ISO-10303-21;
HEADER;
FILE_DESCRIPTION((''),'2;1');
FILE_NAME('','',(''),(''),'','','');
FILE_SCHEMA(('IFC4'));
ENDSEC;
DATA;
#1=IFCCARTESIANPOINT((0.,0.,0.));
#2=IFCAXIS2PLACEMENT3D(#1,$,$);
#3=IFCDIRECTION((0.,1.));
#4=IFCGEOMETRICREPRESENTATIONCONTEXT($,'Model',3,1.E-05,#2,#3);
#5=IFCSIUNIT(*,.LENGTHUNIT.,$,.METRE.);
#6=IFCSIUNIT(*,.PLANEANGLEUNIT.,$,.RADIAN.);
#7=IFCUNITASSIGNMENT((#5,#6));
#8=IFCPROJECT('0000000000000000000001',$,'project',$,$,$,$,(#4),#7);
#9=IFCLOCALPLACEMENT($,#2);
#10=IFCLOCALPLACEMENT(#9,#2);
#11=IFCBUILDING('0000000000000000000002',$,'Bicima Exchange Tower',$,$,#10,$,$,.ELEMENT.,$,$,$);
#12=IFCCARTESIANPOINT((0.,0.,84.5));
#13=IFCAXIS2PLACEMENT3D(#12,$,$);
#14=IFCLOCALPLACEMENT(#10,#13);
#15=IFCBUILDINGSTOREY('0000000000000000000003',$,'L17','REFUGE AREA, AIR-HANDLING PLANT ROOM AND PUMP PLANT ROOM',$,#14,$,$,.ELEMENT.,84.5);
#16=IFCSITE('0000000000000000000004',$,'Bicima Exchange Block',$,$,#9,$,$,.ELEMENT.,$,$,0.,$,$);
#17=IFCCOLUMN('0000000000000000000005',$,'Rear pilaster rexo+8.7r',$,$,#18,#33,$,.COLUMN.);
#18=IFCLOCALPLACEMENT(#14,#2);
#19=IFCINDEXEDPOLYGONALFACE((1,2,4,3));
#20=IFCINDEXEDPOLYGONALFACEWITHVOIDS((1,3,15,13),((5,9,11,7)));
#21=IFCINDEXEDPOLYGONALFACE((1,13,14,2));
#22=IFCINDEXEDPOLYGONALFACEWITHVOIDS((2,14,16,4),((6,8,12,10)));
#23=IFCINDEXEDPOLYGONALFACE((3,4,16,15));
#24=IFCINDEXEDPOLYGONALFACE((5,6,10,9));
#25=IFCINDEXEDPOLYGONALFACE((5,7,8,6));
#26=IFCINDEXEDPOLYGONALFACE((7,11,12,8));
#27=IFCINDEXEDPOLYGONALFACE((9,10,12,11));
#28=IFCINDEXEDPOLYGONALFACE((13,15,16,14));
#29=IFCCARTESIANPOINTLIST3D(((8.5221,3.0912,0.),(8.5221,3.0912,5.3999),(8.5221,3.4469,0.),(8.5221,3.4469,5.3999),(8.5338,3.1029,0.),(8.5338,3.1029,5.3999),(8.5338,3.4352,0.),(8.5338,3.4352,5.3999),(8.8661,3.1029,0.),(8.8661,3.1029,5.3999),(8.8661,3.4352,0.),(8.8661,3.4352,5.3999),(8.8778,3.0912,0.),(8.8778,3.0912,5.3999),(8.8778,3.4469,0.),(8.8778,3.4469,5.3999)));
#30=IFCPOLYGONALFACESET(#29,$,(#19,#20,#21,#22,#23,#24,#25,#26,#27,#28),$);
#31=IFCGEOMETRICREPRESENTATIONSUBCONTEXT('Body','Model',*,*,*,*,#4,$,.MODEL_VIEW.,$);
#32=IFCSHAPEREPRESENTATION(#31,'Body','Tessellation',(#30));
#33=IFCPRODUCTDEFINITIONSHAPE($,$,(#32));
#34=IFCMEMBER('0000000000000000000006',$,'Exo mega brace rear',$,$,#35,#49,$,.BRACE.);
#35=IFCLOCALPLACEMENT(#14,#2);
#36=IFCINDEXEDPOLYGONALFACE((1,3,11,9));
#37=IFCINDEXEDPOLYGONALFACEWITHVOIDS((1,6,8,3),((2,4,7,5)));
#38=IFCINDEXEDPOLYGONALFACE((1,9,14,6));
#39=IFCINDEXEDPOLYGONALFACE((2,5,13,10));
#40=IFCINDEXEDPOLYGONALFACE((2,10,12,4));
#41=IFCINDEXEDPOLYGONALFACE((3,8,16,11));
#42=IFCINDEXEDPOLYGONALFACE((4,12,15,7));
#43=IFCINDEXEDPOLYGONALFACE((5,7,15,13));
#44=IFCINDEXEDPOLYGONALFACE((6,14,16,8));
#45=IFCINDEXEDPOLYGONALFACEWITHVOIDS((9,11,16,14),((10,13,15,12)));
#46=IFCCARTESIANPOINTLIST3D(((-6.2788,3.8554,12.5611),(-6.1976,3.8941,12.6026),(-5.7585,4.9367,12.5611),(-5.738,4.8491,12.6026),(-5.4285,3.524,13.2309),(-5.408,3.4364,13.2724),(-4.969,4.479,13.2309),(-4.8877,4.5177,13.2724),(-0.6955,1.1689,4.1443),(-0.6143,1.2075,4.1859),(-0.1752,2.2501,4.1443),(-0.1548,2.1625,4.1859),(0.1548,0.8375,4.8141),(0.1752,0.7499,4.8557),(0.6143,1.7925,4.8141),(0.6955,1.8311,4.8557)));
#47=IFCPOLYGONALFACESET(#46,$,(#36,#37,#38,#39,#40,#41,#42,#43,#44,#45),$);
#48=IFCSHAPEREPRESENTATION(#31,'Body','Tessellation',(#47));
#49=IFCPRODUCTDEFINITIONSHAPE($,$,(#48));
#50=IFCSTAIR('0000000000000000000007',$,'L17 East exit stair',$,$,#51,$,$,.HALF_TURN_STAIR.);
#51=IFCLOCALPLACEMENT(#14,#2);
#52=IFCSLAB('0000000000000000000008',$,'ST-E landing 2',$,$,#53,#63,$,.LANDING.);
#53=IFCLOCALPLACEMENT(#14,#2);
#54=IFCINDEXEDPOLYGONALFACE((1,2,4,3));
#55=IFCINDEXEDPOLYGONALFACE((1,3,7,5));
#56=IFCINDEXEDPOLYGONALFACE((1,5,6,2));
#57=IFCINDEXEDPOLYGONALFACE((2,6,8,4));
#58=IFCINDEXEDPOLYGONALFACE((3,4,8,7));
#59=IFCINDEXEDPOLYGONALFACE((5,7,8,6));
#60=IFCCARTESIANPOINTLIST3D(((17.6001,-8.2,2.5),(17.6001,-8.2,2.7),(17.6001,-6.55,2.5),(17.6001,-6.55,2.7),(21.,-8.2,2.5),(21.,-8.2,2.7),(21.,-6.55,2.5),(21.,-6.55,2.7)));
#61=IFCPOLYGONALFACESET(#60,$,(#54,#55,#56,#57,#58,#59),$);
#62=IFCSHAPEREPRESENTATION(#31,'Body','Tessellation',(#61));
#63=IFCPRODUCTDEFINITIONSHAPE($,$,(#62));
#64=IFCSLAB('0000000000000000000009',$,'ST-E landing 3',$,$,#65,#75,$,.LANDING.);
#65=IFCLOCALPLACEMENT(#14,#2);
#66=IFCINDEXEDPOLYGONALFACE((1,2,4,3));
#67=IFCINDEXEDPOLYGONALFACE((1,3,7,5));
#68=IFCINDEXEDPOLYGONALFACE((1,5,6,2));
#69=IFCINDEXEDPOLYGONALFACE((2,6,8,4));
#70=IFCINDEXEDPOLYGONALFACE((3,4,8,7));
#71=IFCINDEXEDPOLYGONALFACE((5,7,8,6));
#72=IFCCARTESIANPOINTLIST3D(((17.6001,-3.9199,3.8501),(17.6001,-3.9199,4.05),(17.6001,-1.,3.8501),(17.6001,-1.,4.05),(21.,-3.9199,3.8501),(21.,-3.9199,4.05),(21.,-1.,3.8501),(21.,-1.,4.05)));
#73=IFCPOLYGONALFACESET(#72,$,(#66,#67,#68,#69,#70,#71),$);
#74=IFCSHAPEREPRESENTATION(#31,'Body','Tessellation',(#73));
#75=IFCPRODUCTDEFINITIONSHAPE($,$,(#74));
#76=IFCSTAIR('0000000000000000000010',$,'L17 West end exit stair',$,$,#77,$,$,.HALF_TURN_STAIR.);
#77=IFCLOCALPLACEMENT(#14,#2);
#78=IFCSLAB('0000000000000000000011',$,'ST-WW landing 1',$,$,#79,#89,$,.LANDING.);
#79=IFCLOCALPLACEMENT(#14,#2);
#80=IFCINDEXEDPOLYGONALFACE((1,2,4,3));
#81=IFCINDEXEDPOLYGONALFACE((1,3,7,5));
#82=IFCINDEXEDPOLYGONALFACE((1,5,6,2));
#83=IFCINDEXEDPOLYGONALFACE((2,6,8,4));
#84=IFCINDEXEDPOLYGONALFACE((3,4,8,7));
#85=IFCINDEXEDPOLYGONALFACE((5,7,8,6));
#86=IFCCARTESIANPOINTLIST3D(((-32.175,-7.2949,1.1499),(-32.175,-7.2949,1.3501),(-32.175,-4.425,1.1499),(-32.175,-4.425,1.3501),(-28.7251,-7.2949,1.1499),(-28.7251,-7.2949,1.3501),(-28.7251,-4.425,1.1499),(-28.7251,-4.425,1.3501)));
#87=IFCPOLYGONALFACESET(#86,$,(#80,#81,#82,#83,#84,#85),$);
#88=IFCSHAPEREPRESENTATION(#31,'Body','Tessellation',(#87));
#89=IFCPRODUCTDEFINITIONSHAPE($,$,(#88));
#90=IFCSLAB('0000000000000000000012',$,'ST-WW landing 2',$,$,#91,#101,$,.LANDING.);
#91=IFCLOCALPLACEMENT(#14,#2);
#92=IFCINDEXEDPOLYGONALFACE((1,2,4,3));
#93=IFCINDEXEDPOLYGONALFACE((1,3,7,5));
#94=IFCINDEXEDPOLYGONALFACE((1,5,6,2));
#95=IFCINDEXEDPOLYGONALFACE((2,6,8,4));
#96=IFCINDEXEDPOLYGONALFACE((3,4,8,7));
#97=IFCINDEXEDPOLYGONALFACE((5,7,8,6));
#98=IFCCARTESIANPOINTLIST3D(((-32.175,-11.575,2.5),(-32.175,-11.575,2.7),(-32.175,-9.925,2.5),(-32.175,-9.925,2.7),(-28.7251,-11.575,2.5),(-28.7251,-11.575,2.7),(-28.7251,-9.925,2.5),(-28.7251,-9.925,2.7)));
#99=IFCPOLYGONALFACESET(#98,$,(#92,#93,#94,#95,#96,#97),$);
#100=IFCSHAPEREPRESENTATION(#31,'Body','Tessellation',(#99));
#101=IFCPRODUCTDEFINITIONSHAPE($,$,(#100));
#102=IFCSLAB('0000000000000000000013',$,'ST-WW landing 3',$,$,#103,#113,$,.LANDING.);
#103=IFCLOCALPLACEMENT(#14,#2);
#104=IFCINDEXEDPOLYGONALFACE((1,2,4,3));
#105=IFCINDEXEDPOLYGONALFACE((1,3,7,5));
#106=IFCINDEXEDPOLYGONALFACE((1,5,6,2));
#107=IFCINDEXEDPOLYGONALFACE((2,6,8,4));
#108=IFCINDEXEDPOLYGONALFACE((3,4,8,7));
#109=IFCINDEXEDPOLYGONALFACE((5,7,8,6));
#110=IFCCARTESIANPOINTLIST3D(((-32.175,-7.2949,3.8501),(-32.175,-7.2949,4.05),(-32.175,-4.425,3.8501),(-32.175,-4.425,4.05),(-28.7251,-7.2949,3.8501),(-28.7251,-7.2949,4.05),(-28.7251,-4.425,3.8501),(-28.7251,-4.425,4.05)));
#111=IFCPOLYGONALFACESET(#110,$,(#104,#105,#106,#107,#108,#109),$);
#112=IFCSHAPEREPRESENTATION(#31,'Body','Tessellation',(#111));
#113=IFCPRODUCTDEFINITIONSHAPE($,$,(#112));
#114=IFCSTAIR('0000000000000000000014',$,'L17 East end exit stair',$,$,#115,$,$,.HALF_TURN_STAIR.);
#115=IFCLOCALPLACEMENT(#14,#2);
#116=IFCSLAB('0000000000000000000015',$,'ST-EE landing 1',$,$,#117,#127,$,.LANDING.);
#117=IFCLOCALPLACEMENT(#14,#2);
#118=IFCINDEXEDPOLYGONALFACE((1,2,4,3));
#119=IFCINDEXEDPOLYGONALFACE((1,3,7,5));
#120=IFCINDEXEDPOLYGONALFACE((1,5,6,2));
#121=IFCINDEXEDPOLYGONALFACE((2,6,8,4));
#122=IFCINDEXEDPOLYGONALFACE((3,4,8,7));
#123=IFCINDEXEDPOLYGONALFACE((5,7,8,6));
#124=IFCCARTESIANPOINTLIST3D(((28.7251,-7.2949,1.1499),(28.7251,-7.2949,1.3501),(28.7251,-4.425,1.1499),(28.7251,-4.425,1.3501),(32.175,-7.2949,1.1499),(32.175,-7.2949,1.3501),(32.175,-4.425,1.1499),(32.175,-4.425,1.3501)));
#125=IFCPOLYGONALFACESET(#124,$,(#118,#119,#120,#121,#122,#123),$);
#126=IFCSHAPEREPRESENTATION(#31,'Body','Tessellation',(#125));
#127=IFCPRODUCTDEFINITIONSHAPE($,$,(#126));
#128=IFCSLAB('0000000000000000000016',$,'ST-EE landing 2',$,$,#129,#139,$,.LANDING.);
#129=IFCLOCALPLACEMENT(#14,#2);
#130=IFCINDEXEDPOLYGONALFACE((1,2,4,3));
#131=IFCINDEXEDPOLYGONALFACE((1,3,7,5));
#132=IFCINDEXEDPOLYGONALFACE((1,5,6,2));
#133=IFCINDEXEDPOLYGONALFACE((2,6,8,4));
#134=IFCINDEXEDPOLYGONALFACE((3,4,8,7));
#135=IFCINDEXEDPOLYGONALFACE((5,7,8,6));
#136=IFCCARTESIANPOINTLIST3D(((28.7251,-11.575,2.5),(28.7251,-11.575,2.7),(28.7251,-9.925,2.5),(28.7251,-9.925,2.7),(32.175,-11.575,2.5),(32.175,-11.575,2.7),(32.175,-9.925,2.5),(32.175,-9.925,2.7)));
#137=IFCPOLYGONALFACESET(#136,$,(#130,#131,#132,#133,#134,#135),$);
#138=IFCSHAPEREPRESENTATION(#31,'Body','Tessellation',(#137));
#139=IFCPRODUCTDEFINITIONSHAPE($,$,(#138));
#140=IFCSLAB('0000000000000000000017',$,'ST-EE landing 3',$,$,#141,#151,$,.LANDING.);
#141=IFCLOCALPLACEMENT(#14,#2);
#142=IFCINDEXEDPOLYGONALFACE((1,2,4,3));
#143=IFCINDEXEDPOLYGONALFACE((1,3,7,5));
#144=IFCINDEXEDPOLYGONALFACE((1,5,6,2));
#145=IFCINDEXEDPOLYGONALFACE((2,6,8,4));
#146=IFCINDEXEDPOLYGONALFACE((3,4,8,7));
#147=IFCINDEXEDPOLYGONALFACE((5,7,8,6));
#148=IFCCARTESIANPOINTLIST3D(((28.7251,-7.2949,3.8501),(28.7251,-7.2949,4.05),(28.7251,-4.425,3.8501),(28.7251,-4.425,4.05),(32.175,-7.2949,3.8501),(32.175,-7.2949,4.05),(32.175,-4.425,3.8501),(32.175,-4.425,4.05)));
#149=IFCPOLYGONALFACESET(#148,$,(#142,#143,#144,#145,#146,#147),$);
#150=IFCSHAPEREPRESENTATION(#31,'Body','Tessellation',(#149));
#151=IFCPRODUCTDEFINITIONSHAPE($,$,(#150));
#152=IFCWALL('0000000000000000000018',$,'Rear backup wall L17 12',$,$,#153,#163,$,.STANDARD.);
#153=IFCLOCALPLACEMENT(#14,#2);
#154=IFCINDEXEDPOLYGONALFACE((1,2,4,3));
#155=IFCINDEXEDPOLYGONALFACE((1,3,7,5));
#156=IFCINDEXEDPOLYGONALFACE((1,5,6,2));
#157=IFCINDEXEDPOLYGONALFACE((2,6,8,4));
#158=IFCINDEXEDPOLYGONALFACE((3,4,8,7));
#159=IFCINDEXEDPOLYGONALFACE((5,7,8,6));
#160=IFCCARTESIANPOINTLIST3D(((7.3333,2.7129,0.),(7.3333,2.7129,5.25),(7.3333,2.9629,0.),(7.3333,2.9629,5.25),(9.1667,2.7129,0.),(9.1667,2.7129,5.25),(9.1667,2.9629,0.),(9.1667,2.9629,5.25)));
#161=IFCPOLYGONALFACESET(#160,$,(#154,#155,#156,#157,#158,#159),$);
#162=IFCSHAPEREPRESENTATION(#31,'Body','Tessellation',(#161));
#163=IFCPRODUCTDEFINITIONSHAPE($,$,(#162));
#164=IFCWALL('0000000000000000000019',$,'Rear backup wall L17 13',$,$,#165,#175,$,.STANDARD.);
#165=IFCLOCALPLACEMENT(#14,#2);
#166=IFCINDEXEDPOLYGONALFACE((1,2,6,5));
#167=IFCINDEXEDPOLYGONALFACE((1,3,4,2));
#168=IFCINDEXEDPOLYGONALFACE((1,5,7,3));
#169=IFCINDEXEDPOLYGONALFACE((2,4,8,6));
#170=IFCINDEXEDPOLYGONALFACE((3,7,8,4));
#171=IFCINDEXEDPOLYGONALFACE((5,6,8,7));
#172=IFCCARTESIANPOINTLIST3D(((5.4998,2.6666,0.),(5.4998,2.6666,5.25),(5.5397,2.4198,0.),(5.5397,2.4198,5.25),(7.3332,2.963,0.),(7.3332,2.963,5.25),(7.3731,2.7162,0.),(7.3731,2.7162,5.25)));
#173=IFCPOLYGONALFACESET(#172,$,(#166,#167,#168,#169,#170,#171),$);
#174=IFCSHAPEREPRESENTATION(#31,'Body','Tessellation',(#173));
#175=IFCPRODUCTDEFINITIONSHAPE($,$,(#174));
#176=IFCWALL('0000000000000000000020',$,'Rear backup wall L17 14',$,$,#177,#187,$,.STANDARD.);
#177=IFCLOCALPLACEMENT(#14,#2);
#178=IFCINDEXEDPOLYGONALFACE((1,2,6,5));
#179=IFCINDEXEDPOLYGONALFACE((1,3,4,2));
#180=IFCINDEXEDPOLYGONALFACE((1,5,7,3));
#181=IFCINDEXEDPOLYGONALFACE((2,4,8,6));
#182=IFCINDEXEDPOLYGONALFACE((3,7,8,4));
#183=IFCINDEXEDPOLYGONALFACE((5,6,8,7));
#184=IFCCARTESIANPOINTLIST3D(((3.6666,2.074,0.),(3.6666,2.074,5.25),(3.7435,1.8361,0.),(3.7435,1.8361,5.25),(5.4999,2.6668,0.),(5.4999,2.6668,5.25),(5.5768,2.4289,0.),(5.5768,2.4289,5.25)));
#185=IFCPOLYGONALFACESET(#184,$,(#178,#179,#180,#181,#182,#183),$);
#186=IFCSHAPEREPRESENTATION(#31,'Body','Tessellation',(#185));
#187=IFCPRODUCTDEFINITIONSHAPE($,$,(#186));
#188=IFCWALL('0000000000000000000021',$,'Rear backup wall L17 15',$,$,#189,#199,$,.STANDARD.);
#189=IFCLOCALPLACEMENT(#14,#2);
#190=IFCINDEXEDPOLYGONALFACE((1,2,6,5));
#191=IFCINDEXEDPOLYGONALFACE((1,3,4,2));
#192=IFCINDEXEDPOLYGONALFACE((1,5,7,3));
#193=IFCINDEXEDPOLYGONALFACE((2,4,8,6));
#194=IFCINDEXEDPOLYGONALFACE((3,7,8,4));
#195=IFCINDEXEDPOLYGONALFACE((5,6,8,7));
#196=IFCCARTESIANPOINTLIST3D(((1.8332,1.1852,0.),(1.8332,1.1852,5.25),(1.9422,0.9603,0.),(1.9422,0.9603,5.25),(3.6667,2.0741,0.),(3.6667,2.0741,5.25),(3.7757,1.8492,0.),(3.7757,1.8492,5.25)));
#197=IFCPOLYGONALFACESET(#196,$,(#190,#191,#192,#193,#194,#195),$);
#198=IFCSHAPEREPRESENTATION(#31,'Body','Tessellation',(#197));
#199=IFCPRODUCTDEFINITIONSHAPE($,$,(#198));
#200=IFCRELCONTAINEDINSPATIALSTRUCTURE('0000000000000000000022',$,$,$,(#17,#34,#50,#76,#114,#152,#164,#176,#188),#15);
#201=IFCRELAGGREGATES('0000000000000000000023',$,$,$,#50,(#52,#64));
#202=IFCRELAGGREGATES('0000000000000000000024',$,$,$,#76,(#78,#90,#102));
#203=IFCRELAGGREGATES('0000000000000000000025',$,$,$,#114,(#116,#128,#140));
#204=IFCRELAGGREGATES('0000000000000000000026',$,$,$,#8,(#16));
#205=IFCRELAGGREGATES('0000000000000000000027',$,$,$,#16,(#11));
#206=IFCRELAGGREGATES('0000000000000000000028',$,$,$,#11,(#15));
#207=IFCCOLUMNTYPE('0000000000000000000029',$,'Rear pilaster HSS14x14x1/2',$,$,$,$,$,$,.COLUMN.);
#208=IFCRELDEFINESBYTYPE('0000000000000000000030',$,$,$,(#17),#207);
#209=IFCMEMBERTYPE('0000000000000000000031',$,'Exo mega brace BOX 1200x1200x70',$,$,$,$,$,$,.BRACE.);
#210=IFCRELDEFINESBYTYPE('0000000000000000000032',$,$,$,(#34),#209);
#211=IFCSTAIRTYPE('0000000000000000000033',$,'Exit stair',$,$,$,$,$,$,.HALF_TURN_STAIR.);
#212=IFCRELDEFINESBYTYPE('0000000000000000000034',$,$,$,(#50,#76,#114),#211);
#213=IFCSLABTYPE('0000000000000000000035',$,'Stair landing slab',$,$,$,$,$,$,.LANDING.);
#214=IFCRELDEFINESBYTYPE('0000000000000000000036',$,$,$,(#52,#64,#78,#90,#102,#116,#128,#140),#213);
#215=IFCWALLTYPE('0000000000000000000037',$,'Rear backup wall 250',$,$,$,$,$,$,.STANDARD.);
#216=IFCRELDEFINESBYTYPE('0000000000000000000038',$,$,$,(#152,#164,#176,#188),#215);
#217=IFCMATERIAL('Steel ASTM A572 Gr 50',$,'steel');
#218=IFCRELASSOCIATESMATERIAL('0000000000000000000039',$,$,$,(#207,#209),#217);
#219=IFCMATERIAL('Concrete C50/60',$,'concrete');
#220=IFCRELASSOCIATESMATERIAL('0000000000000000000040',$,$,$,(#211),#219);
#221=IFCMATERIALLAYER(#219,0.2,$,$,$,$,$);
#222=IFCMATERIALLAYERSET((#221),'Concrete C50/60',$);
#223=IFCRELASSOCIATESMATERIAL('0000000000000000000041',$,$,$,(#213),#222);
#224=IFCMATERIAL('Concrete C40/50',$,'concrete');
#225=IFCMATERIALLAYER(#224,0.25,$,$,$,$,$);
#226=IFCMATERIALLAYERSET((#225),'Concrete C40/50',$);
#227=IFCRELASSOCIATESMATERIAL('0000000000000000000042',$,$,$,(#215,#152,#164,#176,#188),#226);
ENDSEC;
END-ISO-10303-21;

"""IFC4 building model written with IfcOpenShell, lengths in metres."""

from ifc_helpers import new_model, si_unit, direction, frame, frame_2d, origin, origin_2d, place, context, subcontext, project, spatial, polyline, rectangle, hollow_rectangle, outline, extrude, material, layer, layer_set, layer_usage, material_profile, profile_set, type_object, element, aggregate, save


model = new_model("IFC4")

# Units and contexts
model_context = context("Model", 3, precision=1e-05, world=origin(), true_north=direction((0.0, 1.0)))
body_context = subcontext(model_context, "Body", "Model", "MODEL_VIEW")
ifc_project = project(units=[si_unit("LENGTHUNIT", "METRE"), si_unit("PLANEANGLEUNIT", "RADIAN")], contexts=[model_context])

# Site, building, storey
site_placement = place(None, origin())
site = spatial("IfcSite", under=ifc_project, at=site_placement, Name="Bicima Exchange Block", CompositionType="ELEMENT", RefElevation=0.0)
building_placement = place(site_placement, origin())
building = spatial("IfcBuilding", under=site, at=building_placement, Name="Bicima Exchange Tower", CompositionType="ELEMENT")
storey_placement = place(building_placement, frame((0.0, 0.0, 84.5)))
storey = spatial("IfcBuildingStorey", under=building, at=storey_placement, Name="L17", Description="REFUGE AREA, AIR-HANDLING PLANT ROOM AND PUMP PLANT ROOM", CompositionType="ELEMENT", Elevation=84.5)

# Column
ifc_material_1 = material(Name="Steel ASTM A572 Gr 50", Category="steel")
ifc_material_profile_1 = material_profile(ifc_material_1, hollow_rectangle(XDim=0.3557, YDim=0.3557, WallThickness=0.0117, at=origin_2d()))
ifc_profile_set_1 = profile_set([ifc_material_profile_1], Name="Steel ASTM A572 Gr 50")
column_type = type_object("IfcColumnType", Name="Rear pilaster HSS14x14x1/2", PredefinedType="COLUMN", material=ifc_profile_set_1)
column_placement = place(storey_placement, frame((8.7, 3.269, 0.0), z_axis=(0.0, 0.0, 1.0), x_axis=(1.0, 0.0, 0.0)))
element("IfcColumn", 1, at=column_placement, inside=storey, type_object=column_type, Name="Rear pilaster rexo+8.7r", PredefinedType="COLUMN", context=body_context, shape_type="SweptSolid", body=[
    extrude(hollow_rectangle(XDim=0.3557, YDim=0.3557, WallThickness=0.0117, at=origin_2d()), origin(), (0.0, 0.0, 1.0), 5.3999),
])

# Member
ifc_material_profile_2 = material_profile(ifc_material_1, hollow_rectangle(XDim=1.2, YDim=1.2, WallThickness=0.0701, at=origin_2d()))
ifc_profile_set_2 = profile_set([ifc_material_profile_2], Name="Steel ASTM A572 Gr 50")
member_type = type_object("IfcMemberType", Name="Exo mega brace BOX 1200x1200x70", PredefinedType="BRACE", material=ifc_profile_set_2)
member_placement = place(storey_placement, frame((0.0, 1.5, 4.5), z_axis=(-0.534211, 0.257049, 0.805323), x_axis=(-0.433592, -0.901109, 0.0)))
element("IfcMember", 2, at=member_placement, inside=storey, type_object=member_type, Name="Exo mega brace rear", PredefinedType="BRACE", context=body_context, shape_type="SweptSolid", body=[
    extrude(hollow_rectangle(XDim=1.2, YDim=1.2, WallThickness=0.0701, at=origin_2d()), origin(), (0.0, 0.0, 1.0), 10.4514),
])

# Stairs, slabs
ifc_material_2 = material(Name="Concrete C50/60", Category="concrete")
stair_type = type_object("IfcStairType", Name="Exit stair", PredefinedType="HALF_TURN_STAIR", material=ifc_material_2)
stair_1_placement = place(storey_placement, origin())
stair_1 = element("IfcStair", 3, at=stair_1_placement, inside=storey, type_object=stair_type, Name="L17 East exit stair", PredefinedType="HALF_TURN_STAIR")
ifc_layer_1 = layer(ifc_material_2, 0.2)
ifc_layer_set_1 = layer_set([ifc_layer_1], Name="Concrete C50/60")
slab_type = type_object("IfcSlabType", Name="Stair landing slab", PredefinedType="LANDING", material=ifc_layer_set_1)
slab_1_placement = place(storey_placement, frame((0.0, 0.0, 2.5)))
slab_1 = element("IfcSlab", 4, at=slab_1_placement, type_object=slab_type, Name="ST-E landing 2", PredefinedType="LANDING", context=body_context, shape_type="SweptSolid", body=[
    extrude(outline(polyline([(21.0, -8.2), (21.0, -6.55), (17.6001, -6.55), (17.6001, -8.2), (21.0, -8.2)])), origin(), (0.0, 0.0, 1.0), 0.2),
])
slab_2_placement = place(storey_placement, frame((0.0, 0.0, 3.8501)))
slab_2 = element("IfcSlab", 5, at=slab_2_placement, type_object=slab_type, Name="ST-E landing 3", PredefinedType="LANDING", context=body_context, shape_type="SweptSolid", body=[
    extrude(outline(polyline([(21.0, -3.9199), (21.0, -1.0), (17.6001, -1.0), (17.6001, -3.9199), (21.0, -3.9199)])), origin(), (0.0, 0.0, 1.0), 0.2),
])
aggregate(stair_1, [slab_1, slab_2])
stair_2_placement = place(storey_placement, origin())
stair_2 = element("IfcStair", 6, at=stair_2_placement, inside=storey, type_object=stair_type, Name="L17 West end exit stair", PredefinedType="HALF_TURN_STAIR")
slab_3_placement = place(storey_placement, frame((0.0, 0.0, 1.1499)))
slab_3 = element("IfcSlab", 7, at=slab_3_placement, type_object=slab_type, Name="ST-WW landing 1", PredefinedType="LANDING", context=body_context, shape_type="SweptSolid", body=[
    extrude(outline(polyline([(-28.7251, -7.2949), (-28.7251, -4.425), (-32.175, -4.425), (-32.175, -7.2949), (-28.7251, -7.2949)])), origin(), (0.0, 0.0, 1.0), 0.2002),
])
slab_4_placement = place(storey_placement, frame((0.0, 0.0, 2.5)))
slab_4 = element("IfcSlab", 8, at=slab_4_placement, type_object=slab_type, Name="ST-WW landing 2", PredefinedType="LANDING", context=body_context, shape_type="SweptSolid", body=[
    extrude(outline(polyline([(-28.7251, -11.575), (-28.7251, -9.925), (-32.175, -9.925), (-32.175, -11.575), (-28.7251, -11.575)])), origin(), (0.0, 0.0, 1.0), 0.2),
])
slab_5_placement = place(storey_placement, frame((0.0, 0.0, 3.8501)))
slab_5 = element("IfcSlab", 9, at=slab_5_placement, type_object=slab_type, Name="ST-WW landing 3", PredefinedType="LANDING", context=body_context, shape_type="SweptSolid", body=[
    extrude(outline(polyline([(-28.7251, -7.2949), (-28.7251, -4.425), (-32.175, -4.425), (-32.175, -7.2949), (-28.7251, -7.2949)])), origin(), (0.0, 0.0, 1.0), 0.2),
])
aggregate(stair_2, [slab_3, slab_4, slab_5])
stair_3_placement = place(storey_placement, origin())
stair_3 = element("IfcStair", 10, at=stair_3_placement, inside=storey, type_object=stair_type, Name="L17 East end exit stair", PredefinedType="HALF_TURN_STAIR")
slab_6_placement = place(storey_placement, frame((0.0, 0.0, 1.1499)))
slab_6 = element("IfcSlab", 11, at=slab_6_placement, type_object=slab_type, Name="ST-EE landing 1", PredefinedType="LANDING", context=body_context, shape_type="SweptSolid", body=[
    extrude(outline(polyline([(32.175, -7.2949), (32.175, -4.425), (28.7251, -4.425), (28.7251, -7.2949), (32.175, -7.2949)])), origin(), (0.0, 0.0, 1.0), 0.2002),
])
slab_7_placement = place(storey_placement, frame((0.0, 0.0, 2.5)))
slab_7 = element("IfcSlab", 12, at=slab_7_placement, type_object=slab_type, Name="ST-EE landing 2", PredefinedType="LANDING", context=body_context, shape_type="SweptSolid", body=[
    extrude(outline(polyline([(32.175, -11.575), (32.175, -9.925), (28.7251, -9.925), (28.7251, -11.575), (32.175, -11.575)])), origin(), (0.0, 0.0, 1.0), 0.2),
])
slab_8_placement = place(storey_placement, frame((0.0, 0.0, 3.8501)))
slab_8 = element("IfcSlab", 13, at=slab_8_placement, type_object=slab_type, Name="ST-EE landing 3", PredefinedType="LANDING", context=body_context, shape_type="SweptSolid", body=[
    extrude(outline(polyline([(32.175, -7.2949), (32.175, -4.425), (28.7251, -4.425), (28.7251, -7.2949), (32.175, -7.2949)])), origin(), (0.0, 0.0, 1.0), 0.2),
])
aggregate(stair_3, [slab_6, slab_7, slab_8])

# Walls
ifc_material_3 = material(Name="Concrete C40/50", Category="concrete")
ifc_layer_2 = layer(ifc_material_3, 0.25)
ifc_layer_set_2 = layer_set([ifc_layer_2], Name="Concrete C40/50")
ifc_layer_usage = layer_usage(ifc_layer_set_2, "AXIS2", "POSITIVE", -0.125)
wall_type = type_object("IfcWallType", Name="Rear backup wall 250", PredefinedType="STANDARD", material=ifc_layer_set_2)
wall_1_placement = place(storey_placement, frame((9.1667, 2.8379, 0.0), z_axis=(0.0, 0.0, 1.0), x_axis=(-1.0, 0.0, 0.0)))
element("IfcWall", 14, at=wall_1_placement, inside=storey, type_object=wall_type, material=ifc_layer_usage, Name="Rear backup wall L17 12", PredefinedType="STANDARD", context=body_context, shape_type="SweptSolid", body=[
    extrude(rectangle(XDim=1.8335, YDim=0.25, at=frame_2d((0.9167, 0.0))), origin(), (0.0, 0.0, 1.0), 5.25),
])
wall_2_placement = place(storey_placement, frame((7.3533, 2.8396, 0.0), z_axis=(0.0, 0.0, 1.0), x_axis=(-0.987182, -0.1596, 0.0)))
element("IfcWall", 15, at=wall_2_placement, inside=storey, type_object=wall_type, material=ifc_layer_usage, Name="Rear backup wall L17 13", PredefinedType="STANDARD", context=body_context, shape_type="SweptSolid", body=[
    extrude(rectangle(XDim=1.8572, YDim=0.25, at=frame_2d((0.9287, 0.0))), origin(), (0.0, 0.0, 1.0), 5.25),
])
wall_3_placement = place(storey_placement, frame((5.5383, 2.5479, 0.0), z_axis=(0.0, 0.0, 1.0), x_axis=(-0.951496, -0.307662, 0.0)))
element("IfcWall", 16, at=wall_3_placement, inside=storey, type_object=wall_type, material=ifc_layer_usage, Name="Rear backup wall L17 14", PredefinedType="STANDARD", context=body_context, shape_type="SweptSolid", body=[
    extrude(rectangle(XDim=1.9268, YDim=0.25, at=frame_2d((0.9634, 0.0))), origin(), (0.0, 0.0, 1.0), 5.25),
])
wall_4_placement = place(storey_placement, frame((3.7212, 1.9617, 0.0), z_axis=(0.0, 0.0, 1.0), x_axis=(-0.899824, -0.436253, 0.0)))
element("IfcWall", 17, at=wall_4_placement, inside=storey, type_object=wall_type, material=ifc_layer_usage, Name="Rear backup wall L17 15", PredefinedType="STANDARD", context=body_context, shape_type="SweptSolid", body=[
    extrude(rectangle(XDim=2.0376, YDim=0.25, at=frame_2d((1.0188, 0.0))), origin(), (0.0, 0.0, 1.0), 5.25),
])

save(model, "model.ifc")
